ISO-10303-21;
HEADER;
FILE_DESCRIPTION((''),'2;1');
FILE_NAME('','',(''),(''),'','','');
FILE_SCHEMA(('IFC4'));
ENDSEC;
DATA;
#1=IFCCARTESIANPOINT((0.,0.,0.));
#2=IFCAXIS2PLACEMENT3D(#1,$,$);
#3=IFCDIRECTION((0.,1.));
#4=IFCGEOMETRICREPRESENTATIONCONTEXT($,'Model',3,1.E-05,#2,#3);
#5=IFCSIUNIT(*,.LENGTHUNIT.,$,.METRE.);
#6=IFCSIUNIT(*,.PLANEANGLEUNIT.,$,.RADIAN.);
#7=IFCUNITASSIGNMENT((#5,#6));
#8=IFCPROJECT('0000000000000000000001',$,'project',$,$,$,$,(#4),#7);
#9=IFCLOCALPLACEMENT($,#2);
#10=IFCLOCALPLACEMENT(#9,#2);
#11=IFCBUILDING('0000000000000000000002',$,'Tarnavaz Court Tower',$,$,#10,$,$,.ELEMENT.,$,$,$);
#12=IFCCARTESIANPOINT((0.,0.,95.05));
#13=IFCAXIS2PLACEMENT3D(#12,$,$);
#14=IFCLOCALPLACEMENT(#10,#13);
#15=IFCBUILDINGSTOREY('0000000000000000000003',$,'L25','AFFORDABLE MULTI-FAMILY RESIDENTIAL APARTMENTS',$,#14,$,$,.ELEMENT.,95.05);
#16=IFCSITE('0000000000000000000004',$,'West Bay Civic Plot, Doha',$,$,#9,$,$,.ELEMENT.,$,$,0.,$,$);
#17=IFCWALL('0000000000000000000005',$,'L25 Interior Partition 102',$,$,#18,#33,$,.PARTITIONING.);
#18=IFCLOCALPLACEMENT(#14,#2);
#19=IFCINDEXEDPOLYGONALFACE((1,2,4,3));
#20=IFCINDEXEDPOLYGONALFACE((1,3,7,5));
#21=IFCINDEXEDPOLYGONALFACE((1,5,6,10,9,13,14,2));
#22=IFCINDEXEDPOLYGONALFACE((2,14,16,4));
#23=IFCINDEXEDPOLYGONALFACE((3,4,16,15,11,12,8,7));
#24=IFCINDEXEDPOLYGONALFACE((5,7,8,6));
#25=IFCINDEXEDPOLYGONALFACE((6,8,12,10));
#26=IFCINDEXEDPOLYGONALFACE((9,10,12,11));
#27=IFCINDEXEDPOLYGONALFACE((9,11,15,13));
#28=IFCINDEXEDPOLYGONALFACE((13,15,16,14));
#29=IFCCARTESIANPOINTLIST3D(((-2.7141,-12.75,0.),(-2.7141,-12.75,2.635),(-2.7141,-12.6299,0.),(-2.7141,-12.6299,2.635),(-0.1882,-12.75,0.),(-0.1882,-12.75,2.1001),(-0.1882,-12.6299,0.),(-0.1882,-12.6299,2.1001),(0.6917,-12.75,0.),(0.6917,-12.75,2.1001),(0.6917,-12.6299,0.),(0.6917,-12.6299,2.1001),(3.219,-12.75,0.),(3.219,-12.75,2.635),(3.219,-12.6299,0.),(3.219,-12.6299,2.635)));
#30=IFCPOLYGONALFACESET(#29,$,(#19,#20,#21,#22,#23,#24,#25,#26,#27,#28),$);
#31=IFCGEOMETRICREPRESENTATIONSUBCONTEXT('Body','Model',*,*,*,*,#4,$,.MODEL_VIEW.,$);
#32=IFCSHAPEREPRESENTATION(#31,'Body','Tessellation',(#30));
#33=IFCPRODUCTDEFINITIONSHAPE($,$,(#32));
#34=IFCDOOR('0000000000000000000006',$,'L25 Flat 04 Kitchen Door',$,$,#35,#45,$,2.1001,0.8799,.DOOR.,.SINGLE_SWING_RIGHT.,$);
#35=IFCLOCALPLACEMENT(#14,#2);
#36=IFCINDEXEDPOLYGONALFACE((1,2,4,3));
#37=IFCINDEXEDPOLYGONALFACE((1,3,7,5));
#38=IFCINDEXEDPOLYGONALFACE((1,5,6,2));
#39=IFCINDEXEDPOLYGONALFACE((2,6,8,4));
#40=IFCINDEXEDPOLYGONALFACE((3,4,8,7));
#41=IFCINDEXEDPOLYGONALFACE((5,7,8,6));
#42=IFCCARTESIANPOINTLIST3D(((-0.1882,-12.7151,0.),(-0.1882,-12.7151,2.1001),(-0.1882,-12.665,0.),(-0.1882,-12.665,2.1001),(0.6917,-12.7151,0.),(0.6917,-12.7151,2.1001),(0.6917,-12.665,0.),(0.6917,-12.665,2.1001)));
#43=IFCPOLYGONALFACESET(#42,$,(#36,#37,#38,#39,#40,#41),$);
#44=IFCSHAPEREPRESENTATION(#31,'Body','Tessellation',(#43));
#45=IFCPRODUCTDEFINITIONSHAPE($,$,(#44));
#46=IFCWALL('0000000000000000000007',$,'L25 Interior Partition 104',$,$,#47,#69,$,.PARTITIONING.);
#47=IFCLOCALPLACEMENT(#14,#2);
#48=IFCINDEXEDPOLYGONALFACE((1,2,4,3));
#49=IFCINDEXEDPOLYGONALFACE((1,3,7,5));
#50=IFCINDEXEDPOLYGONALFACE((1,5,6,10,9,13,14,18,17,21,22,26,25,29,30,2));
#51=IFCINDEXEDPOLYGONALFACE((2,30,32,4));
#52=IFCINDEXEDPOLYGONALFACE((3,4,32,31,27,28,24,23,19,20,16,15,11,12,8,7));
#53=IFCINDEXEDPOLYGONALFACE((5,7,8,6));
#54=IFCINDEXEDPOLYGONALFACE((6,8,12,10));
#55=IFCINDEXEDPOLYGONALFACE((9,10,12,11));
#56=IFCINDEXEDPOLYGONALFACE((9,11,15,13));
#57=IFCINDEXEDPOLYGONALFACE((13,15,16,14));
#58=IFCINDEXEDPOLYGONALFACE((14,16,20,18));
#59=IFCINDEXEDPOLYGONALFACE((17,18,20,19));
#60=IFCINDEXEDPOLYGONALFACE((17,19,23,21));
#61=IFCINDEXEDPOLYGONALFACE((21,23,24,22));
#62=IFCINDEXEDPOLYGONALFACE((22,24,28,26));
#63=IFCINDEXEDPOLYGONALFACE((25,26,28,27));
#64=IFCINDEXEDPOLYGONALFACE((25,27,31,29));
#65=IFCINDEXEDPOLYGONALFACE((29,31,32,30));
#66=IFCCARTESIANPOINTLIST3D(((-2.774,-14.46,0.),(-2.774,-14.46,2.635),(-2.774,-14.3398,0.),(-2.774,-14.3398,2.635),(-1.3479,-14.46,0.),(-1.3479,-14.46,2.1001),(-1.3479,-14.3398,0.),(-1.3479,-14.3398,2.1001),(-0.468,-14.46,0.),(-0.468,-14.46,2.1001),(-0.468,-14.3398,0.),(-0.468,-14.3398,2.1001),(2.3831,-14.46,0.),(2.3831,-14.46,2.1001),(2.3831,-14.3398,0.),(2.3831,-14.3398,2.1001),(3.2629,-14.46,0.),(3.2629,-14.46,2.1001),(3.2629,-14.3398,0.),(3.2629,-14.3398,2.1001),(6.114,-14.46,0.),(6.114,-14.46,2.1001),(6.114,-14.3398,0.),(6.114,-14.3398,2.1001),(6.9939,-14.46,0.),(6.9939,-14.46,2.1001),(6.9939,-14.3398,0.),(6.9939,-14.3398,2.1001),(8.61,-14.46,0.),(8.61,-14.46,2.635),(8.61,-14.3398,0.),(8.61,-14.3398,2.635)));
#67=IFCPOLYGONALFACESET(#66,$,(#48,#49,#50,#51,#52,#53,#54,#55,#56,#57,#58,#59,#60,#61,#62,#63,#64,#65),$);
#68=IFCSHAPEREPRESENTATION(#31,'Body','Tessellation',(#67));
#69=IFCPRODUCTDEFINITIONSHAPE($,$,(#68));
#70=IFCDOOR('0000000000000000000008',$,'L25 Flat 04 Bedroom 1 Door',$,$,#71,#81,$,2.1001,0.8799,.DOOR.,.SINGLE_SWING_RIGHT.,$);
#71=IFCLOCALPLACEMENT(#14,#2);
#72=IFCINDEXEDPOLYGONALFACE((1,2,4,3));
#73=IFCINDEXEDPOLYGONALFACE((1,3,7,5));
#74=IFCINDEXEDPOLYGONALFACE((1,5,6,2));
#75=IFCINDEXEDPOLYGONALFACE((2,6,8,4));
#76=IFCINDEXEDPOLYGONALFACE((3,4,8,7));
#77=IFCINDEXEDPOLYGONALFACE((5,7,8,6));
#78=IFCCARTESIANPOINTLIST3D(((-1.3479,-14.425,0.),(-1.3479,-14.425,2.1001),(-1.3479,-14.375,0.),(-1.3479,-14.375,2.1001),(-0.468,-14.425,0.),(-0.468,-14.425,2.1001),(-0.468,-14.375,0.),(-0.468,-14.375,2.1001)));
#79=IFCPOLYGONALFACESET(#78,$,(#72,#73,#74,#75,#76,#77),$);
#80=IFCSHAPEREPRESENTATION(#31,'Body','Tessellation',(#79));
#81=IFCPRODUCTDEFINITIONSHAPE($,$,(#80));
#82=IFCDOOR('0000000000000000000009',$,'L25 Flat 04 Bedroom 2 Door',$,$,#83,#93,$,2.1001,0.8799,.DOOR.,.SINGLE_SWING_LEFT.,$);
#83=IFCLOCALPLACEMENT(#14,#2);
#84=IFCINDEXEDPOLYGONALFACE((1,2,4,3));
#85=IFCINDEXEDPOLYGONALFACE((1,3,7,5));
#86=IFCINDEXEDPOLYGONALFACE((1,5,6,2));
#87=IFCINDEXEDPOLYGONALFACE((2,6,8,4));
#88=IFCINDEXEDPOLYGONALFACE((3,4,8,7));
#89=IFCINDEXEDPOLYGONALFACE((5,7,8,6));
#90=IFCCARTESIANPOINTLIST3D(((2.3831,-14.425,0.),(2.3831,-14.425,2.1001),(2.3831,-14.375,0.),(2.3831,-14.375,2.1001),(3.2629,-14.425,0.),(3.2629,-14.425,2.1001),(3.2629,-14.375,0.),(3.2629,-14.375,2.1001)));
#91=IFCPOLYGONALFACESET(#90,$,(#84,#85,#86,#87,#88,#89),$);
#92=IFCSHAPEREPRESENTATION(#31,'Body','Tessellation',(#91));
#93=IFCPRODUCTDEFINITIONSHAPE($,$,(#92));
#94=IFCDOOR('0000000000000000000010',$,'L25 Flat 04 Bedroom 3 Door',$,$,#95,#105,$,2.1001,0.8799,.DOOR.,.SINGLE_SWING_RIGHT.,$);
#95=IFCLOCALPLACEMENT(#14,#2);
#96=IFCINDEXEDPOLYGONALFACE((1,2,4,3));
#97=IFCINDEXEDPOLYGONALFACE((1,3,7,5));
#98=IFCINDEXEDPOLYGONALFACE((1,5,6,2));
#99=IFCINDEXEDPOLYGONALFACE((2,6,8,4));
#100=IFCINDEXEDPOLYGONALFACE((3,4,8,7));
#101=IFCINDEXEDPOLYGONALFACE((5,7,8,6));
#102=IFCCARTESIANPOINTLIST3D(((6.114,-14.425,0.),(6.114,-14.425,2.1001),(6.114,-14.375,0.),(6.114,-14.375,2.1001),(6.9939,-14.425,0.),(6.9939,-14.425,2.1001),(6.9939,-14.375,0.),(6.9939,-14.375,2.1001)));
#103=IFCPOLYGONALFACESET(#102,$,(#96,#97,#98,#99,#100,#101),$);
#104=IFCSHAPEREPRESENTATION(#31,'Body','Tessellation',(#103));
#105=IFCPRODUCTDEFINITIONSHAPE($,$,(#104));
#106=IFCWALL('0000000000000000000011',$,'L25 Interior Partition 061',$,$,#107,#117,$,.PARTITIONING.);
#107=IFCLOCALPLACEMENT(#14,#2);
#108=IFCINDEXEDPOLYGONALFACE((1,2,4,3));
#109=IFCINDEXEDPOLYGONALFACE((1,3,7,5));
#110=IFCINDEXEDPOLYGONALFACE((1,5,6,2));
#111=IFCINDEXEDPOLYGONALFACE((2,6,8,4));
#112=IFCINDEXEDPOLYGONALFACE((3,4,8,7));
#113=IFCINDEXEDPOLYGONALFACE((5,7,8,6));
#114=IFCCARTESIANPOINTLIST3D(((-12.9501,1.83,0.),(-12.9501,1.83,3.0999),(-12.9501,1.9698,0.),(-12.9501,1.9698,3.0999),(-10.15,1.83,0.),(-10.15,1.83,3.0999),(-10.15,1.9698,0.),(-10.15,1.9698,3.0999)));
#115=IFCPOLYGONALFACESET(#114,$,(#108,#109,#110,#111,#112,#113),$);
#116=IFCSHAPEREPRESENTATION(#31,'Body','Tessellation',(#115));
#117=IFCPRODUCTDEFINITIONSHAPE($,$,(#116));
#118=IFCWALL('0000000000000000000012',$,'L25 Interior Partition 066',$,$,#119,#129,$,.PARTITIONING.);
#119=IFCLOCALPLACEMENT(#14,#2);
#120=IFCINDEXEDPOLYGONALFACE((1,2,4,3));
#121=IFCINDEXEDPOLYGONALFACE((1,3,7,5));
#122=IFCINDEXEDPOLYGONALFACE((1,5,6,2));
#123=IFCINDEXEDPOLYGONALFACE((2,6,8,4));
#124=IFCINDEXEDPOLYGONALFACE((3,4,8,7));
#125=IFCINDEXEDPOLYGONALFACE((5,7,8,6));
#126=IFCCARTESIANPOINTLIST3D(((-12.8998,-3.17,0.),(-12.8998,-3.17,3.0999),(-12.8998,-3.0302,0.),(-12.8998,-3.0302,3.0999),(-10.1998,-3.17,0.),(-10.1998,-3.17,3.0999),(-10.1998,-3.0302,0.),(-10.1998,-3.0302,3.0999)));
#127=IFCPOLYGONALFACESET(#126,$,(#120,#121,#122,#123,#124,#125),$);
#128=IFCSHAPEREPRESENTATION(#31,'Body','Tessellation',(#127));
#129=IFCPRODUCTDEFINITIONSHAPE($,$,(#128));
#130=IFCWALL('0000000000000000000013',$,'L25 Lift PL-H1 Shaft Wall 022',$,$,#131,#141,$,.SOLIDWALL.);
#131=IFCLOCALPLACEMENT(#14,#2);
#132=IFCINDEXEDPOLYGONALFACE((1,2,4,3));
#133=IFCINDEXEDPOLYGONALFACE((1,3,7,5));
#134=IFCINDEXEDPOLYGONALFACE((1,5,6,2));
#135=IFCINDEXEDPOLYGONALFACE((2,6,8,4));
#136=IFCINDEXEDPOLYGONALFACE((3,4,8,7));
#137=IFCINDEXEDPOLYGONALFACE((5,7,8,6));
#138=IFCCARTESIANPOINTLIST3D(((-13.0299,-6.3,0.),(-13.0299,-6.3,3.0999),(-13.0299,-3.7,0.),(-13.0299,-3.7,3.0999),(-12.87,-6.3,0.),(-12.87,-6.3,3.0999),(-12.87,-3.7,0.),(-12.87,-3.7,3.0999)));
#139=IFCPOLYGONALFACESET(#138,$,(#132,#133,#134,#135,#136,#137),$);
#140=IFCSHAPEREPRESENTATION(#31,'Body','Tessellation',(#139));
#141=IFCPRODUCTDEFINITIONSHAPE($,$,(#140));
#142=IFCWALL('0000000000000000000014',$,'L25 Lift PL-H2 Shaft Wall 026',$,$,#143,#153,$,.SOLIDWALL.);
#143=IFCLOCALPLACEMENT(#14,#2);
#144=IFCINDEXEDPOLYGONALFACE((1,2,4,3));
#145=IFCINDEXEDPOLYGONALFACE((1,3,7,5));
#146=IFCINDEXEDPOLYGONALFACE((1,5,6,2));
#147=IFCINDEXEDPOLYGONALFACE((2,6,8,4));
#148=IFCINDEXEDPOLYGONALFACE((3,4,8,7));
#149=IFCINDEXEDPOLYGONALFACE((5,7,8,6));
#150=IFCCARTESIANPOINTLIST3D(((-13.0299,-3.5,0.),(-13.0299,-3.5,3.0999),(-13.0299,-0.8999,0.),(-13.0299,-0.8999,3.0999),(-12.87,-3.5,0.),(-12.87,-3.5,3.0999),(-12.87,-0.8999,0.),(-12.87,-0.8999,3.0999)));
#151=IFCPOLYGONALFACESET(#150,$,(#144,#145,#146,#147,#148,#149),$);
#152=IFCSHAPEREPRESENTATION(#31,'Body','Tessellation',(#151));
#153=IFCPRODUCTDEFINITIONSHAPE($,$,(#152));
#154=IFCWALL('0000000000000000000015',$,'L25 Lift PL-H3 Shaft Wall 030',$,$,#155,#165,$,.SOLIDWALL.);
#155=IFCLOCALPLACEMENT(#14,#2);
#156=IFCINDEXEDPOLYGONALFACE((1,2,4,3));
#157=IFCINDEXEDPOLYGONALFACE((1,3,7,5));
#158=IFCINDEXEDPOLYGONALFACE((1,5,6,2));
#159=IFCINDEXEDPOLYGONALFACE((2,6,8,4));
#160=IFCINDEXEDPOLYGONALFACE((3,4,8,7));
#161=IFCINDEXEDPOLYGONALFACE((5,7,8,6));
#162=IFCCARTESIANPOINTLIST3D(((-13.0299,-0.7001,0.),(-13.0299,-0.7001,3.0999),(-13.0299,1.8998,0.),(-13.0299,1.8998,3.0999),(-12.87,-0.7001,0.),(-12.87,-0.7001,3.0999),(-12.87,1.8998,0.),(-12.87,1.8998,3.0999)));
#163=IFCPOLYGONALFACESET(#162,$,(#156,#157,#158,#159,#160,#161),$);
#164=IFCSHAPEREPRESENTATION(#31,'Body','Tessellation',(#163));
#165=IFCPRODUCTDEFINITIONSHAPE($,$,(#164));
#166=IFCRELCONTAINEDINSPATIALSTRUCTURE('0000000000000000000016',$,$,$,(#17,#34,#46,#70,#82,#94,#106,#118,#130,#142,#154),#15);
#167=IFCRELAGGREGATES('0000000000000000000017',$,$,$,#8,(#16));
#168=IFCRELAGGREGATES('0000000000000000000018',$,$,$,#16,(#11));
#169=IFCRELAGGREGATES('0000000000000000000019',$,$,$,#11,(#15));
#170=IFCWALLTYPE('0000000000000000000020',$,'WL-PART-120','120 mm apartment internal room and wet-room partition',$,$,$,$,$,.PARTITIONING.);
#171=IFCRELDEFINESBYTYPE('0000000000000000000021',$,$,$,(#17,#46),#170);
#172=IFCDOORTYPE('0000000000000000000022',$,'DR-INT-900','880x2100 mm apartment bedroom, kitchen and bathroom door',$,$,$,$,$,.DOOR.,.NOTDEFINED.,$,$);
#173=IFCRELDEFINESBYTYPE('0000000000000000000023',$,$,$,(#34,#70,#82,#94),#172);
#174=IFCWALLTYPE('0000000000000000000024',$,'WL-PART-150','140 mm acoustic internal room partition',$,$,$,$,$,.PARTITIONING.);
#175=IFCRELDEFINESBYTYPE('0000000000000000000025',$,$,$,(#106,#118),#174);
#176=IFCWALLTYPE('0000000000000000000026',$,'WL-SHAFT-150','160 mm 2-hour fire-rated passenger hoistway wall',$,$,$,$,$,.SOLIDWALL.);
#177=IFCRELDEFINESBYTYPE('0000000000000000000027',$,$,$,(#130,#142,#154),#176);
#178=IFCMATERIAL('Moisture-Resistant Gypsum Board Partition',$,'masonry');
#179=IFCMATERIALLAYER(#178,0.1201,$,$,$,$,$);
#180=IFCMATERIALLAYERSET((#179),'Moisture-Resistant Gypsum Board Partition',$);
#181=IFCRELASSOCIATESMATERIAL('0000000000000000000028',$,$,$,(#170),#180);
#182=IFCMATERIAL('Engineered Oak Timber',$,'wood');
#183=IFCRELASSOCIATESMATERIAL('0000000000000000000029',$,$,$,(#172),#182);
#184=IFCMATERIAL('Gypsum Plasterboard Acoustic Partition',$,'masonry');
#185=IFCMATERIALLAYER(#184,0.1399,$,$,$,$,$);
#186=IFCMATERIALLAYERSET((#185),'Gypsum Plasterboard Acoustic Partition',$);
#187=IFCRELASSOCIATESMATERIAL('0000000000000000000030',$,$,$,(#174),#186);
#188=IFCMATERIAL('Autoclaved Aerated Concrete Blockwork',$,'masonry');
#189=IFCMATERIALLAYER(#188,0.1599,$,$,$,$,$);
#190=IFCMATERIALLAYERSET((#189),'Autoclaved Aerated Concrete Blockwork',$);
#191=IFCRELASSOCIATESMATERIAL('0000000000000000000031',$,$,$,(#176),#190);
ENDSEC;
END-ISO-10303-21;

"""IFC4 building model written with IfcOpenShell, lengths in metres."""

from ifc_helpers import new_model, si_unit, direction, frame, frame_2d, origin, place, context, subcontext, project, spatial, rectangle, extrude, material, layer, layer_set, type_object, element, fill, save


model = new_model("IFC4")

# Units and contexts
model_context = context("Model", 3, precision=1e-05, world=origin(), true_north=direction((0.0, 1.0)))
body_context = subcontext(model_context, "Body", "Model", "MODEL_VIEW")
ifc_project = project(units=[si_unit("LENGTHUNIT", "METRE"), si_unit("PLANEANGLEUNIT", "RADIAN")], contexts=[model_context])

# Site, building, storey
site_placement = place(None, origin())
site = spatial("IfcSite", under=ifc_project, at=site_placement, Name="West Bay Civic Plot, Doha", CompositionType="ELEMENT", RefElevation=0.0)
building_placement = place(site_placement, origin())
building = spatial("IfcBuilding", under=site, at=building_placement, Name="Tarnavaz Court Tower", CompositionType="ELEMENT")
storey_placement = place(building_placement, frame((0.0, 0.0, 95.05)))
storey = spatial("IfcBuildingStorey", under=building, at=storey_placement, Name="L25", Description="AFFORDABLE MULTI-FAMILY RESIDENTIAL APARTMENTS", CompositionType="ELEMENT", Elevation=95.05)

# Wall, opening, door
ifc_material_1 = material(Name="Moisture-Resistant Gypsum Board Partition", Category="masonry")
ifc_layer_1 = layer(ifc_material_1, 0.1201)
ifc_layer_set_1 = layer_set([ifc_layer_1], Name="Moisture-Resistant Gypsum Board Partition")
wall_type_1 = type_object("IfcWallType", Name="WL-PART-120", Description="120 mm apartment internal room and wet-room partition", PredefinedType="PARTITIONING", material=ifc_layer_set_1)
wall_1_placement = place(storey_placement, frame((-2.7141, -12.6899, 0.0), z_axis=(0.0, 0.0, 1.0), x_axis=(1.0, 0.0, 0.0)))
wall_1 = element("IfcWall", 1, at=wall_1_placement, inside=storey, type_object=wall_type_1, Name="L25 Interior Partition 102", PredefinedType="PARTITIONING", context=body_context, shape_type="SweptSolid", body=[
    extrude(rectangle(XDim=5.9331, YDim=0.1201, at=frame_2d((2.9666, 0.0))), origin(), (0.0, 0.0, 1.0), 2.635),
])
opening_1_placement = place(wall_1_placement, frame((2.5259, 0.0, 0.0)))
opening_1 = element("IfcOpeningElement", 2, at=opening_1_placement, cuts=wall_1, PredefinedType="OPENING", context=body_context, shape_type="SweptSolid", body=[
    extrude(rectangle(XDim=0.8799, YDim=2.1001, at=frame_2d((0.4399, 1.05))), frame((0.0, 0.0701, 0.0), z_axis=(0.0, -1.0, 0.0), x_axis=(1.0, 0.0, 0.0)), (0.0, 0.0, 1.0), 0.1401),
])
ifc_material_2 = material(Name="Engineered Oak Timber", Category="wood")
door_type_1 = type_object("IfcDoorType", Name="DR-INT-900", Description="880x2100 mm apartment bedroom, kitchen and bathroom door", OperationType="NOTDEFINED", PredefinedType="DOOR", material=ifc_material_2)
door_1_placement = place(opening_1_placement, origin())
door_1 = element("IfcDoor", 3, at=door_1_placement, inside=storey, type_object=door_type_1, Name="L25 Flat 04 Kitchen Door", OperationType="SINGLE_SWING_RIGHT", OverallHeight=2.1001, OverallWidth=0.8799, PredefinedType="DOOR", context=body_context, shape_type="SweptSolid", body=[
    extrude(rectangle(XDim=0.8799, YDim=2.1001, at=frame_2d((0.4399, 1.05))), frame((0.0, 0.0249, 0.0), z_axis=(0.0, -1.0, 0.0), x_axis=(1.0, 0.0, 0.0)), (0.0, 0.0, 1.0), 0.05),
])
fill(opening_1, door_1)

# Wall, openings, doors
wall_2_placement = place(storey_placement, frame((-2.7739, -14.3999, 0.0), z_axis=(0.0, 0.0, 1.0), x_axis=(1.0, 0.0, 0.0)))
wall_2 = element("IfcWall", 4, at=wall_2_placement, inside=storey, type_object=wall_type_1, Name="L25 Interior Partition 104", PredefinedType="PARTITIONING", context=body_context, shape_type="SweptSolid", body=[
    extrude(rectangle(XDim=11.384, YDim=0.1201, at=frame_2d((5.6919, 0.0))), origin(), (0.0, 0.0, 1.0), 2.635),
])
opening_2_placement = place(wall_2_placement, frame((1.426, 0.0, 0.0)))
opening_2 = element("IfcOpeningElement", 5, at=opening_2_placement, cuts=wall_2, PredefinedType="OPENING", context=body_context, shape_type="SweptSolid", body=[
    extrude(rectangle(XDim=0.8799, YDim=2.1001, at=frame_2d((0.4399, 1.05))), frame((0.0, 0.0701, 0.0), z_axis=(0.0, -1.0, 0.0), x_axis=(1.0, 0.0, 0.0)), (0.0, 0.0, 1.0), 0.1401),
])
opening_3_placement = place(wall_2_placement, frame((5.157, 0.0, 0.0)))
opening_3 = element("IfcOpeningElement", 6, at=opening_3_placement, cuts=wall_2, PredefinedType="OPENING", context=body_context, shape_type="SweptSolid", body=[
    extrude(rectangle(XDim=0.8799, YDim=2.1001, at=frame_2d((0.4399, 1.05))), frame((0.0, 0.0701, 0.0), z_axis=(0.0, -1.0, 0.0), x_axis=(1.0, 0.0, 0.0)), (0.0, 0.0, 1.0), 0.1401),
])
opening_4_placement = place(wall_2_placement, frame((8.8879, 0.0, 0.0)))
opening_4 = element("IfcOpeningElement", 7, at=opening_4_placement, cuts=wall_2, PredefinedType="OPENING", context=body_context, shape_type="SweptSolid", body=[
    extrude(rectangle(XDim=0.8799, YDim=2.1001, at=frame_2d((0.4399, 1.05))), frame((0.0, 0.0701, 0.0), z_axis=(0.0, -1.0, 0.0), x_axis=(1.0, 0.0, 0.0)), (0.0, 0.0, 1.0), 0.1401),
])
door_2_placement = place(opening_2_placement, origin())
door_2 = element("IfcDoor", 8, at=door_2_placement, inside=storey, type_object=door_type_1, Name="L25 Flat 04 Bedroom 1 Door", OperationType="SINGLE_SWING_RIGHT", OverallHeight=2.1001, OverallWidth=0.8799, PredefinedType="DOOR", context=body_context, shape_type="SweptSolid", body=[
    extrude(rectangle(XDim=0.8799, YDim=2.1001, at=frame_2d((0.4399, 1.05))), frame((0.0, 0.0249, 0.0), z_axis=(0.0, -1.0, 0.0), x_axis=(1.0, 0.0, 0.0)), (0.0, 0.0, 1.0), 0.05),
])
fill(opening_2, door_2)
door_3_placement = place(opening_3_placement, origin())
door_3 = element("IfcDoor", 9, at=door_3_placement, inside=storey, type_object=door_type_1, Name="L25 Flat 04 Bedroom 2 Door", OperationType="SINGLE_SWING_LEFT", OverallHeight=2.1001, OverallWidth=0.8799, PredefinedType="DOOR", context=body_context, shape_type="SweptSolid", body=[
    extrude(rectangle(XDim=0.8799, YDim=2.1001, at=frame_2d((0.4399, 1.05))), frame((0.0, 0.0249, 0.0), z_axis=(0.0, -1.0, 0.0), x_axis=(1.0, 0.0, 0.0)), (0.0, 0.0, 1.0), 0.05),
])
fill(opening_3, door_3)
door_4_placement = place(opening_4_placement, origin())
door_4 = element("IfcDoor", 10, at=door_4_placement, inside=storey, type_object=door_type_1, Name="L25 Flat 04 Bedroom 3 Door", OperationType="SINGLE_SWING_RIGHT", OverallHeight=2.1001, OverallWidth=0.8799, PredefinedType="DOOR", context=body_context, shape_type="SweptSolid", body=[
    extrude(rectangle(XDim=0.8799, YDim=2.1001, at=frame_2d((0.4399, 1.05))), frame((0.0, 0.0249, 0.0), z_axis=(0.0, -1.0, 0.0), x_axis=(1.0, 0.0, 0.0)), (0.0, 0.0, 1.0), 0.05),
])
fill(opening_4, door_4)

# Wall
ifc_material_3 = material(Name="Gypsum Plasterboard Acoustic Partition", Category="masonry")
ifc_layer_2 = layer(ifc_material_3, 0.1399)
ifc_layer_set_2 = layer_set([ifc_layer_2], Name="Gypsum Plasterboard Acoustic Partition")
wall_type_2 = type_object("IfcWallType", Name="WL-PART-150", Description="140 mm acoustic internal room partition", PredefinedType="PARTITIONING", material=ifc_layer_set_2)
wall_3_placement = place(storey_placement, frame((-12.95, 1.8999, 0.0), z_axis=(0.0, 0.0, 1.0), x_axis=(1.0, 0.0, 0.0)))
element("IfcWall", 11, at=wall_3_placement, inside=storey, type_object=wall_type_2, Name="L25 Interior Partition 061", PredefinedType="PARTITIONING", context=body_context, shape_type="SweptSolid", body=[
    extrude(rectangle(XDim=2.8, YDim=0.1399, at=frame_2d((1.3999, 0.0))), origin(), (0.0, 0.0, 1.0), 3.0999),
])

# Walls
wall_4_placement = place(storey_placement, frame((-12.8999, -3.1001, 0.0), z_axis=(0.0, 0.0, 1.0), x_axis=(1.0, 0.0, 0.0)))
element("IfcWall", 12, at=wall_4_placement, inside=storey, type_object=wall_type_2, Name="L25 Interior Partition 066", PredefinedType="PARTITIONING", context=body_context, shape_type="SweptSolid", body=[
    extrude(rectangle(XDim=2.7, YDim=0.1399, at=frame_2d((1.3501, 0.0))), origin(), (0.0, 0.0, 1.0), 3.0999),
])
ifc_material_4 = material(Name="Autoclaved Aerated Concrete Blockwork", Category="masonry")
ifc_layer_3 = layer(ifc_material_4, 0.1599)
ifc_layer_set_3 = layer_set([ifc_layer_3], Name="Autoclaved Aerated Concrete Blockwork")
wall_type_3 = type_object("IfcWallType", Name="WL-SHAFT-150", Description="160 mm 2-hour fire-rated passenger hoistway wall", PredefinedType="SOLIDWALL", material=ifc_layer_set_3)
for number, where, z_axis, x_axis, name in (
    (13, (-12.95, -6.3, 0.0), (0.0, 0.0, 1.0), (0.0, 1.0, 0.0), "L25 Lift PL-H1 Shaft Wall 022"),
    (14, (-12.95, -3.5, 0.0), (0.0, 0.0, 1.0), (0.0, 1.0, 0.0), "L25 Lift PL-H2 Shaft Wall 026"),
):
    element("IfcWall", number, at=place(storey_placement, frame(where, z_axis=z_axis, x_axis=x_axis)), inside=storey, type_object=wall_type_3, Name=name, PredefinedType="SOLIDWALL", context=body_context, shape_type="SweptSolid", body=[
        extrude(rectangle(XDim=2.6001, YDim=0.1599, at=frame_2d((1.3, 0.0))), origin(), (0.0, 0.0, 1.0), 3.0999),
    ])
wall_5_placement = place(storey_placement, frame((-12.95, -0.7, 0.0), z_axis=(0.0, 0.0, 1.0), x_axis=(0.0, 1.0, 0.0)))
element("IfcWall", 15, at=wall_5_placement, inside=storey, type_object=wall_type_3, Name="L25 Lift PL-H3 Shaft Wall 030", PredefinedType="SOLIDWALL", context=body_context, shape_type="SweptSolid", body=[
    extrude(rectangle(XDim=2.5999, YDim=0.1599, at=frame_2d((1.2998, 0.0))), origin(), (0.0, 0.0, 1.0), 3.0999),
])

save(model, "model.ifc")
